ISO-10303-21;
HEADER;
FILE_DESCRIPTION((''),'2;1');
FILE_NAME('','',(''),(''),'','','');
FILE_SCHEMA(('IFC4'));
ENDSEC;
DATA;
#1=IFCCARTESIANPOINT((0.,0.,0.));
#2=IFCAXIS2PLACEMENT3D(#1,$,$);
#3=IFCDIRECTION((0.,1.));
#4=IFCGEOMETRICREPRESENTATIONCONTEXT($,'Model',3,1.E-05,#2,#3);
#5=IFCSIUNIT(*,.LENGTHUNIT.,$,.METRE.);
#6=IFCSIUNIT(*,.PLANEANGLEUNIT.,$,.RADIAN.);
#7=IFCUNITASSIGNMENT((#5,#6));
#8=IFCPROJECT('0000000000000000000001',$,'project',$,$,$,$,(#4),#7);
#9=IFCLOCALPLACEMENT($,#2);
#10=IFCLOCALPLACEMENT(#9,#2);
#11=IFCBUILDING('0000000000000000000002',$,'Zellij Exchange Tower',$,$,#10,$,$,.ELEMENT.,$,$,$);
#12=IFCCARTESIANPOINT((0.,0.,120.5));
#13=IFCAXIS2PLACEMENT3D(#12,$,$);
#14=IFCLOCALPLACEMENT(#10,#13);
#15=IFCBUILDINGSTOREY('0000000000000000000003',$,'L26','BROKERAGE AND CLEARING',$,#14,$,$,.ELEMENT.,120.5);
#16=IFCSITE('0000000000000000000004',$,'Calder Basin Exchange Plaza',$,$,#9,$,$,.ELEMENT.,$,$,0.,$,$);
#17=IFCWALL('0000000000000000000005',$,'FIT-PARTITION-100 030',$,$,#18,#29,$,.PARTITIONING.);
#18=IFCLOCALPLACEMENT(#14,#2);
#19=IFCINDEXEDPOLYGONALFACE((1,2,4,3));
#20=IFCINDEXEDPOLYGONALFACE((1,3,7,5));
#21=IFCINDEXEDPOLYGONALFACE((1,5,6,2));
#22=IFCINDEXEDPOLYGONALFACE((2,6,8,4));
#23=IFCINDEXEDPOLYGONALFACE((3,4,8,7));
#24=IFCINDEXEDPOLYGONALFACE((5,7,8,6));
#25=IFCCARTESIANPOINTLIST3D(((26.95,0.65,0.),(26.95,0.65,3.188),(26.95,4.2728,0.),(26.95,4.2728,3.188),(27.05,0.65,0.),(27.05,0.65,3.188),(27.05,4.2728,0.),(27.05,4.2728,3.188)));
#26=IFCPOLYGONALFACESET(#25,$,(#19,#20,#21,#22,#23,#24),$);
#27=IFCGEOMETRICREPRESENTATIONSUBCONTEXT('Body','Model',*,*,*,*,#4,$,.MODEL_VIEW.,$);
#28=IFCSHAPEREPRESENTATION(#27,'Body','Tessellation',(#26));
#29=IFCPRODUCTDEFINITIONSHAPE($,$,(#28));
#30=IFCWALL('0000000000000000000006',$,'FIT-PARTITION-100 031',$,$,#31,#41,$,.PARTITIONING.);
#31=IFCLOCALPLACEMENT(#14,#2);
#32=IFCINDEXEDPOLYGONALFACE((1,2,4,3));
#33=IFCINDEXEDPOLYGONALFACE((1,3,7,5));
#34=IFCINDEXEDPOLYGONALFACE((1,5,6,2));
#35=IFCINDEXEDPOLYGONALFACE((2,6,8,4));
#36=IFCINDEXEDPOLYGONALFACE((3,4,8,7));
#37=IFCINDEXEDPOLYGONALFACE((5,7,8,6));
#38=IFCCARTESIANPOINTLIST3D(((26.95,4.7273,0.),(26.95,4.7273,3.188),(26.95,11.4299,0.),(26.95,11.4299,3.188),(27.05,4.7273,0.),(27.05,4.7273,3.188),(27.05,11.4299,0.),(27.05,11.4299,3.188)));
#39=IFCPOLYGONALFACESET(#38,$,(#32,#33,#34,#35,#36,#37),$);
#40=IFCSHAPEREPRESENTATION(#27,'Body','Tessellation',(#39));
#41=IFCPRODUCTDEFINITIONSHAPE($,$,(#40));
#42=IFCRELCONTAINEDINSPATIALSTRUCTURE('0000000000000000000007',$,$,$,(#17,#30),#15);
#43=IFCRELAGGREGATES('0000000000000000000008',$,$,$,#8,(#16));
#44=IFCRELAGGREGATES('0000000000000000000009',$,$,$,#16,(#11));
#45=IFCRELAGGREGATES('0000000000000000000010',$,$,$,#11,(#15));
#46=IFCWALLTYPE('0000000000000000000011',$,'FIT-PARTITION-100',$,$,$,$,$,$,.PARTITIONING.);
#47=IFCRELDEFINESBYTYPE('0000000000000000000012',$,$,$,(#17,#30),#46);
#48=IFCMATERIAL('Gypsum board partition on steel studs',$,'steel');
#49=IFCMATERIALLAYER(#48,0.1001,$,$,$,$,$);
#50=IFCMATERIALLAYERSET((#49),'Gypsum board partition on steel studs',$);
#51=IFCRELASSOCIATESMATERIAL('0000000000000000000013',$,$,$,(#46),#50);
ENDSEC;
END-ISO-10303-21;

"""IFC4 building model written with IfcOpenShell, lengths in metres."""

from ifc_helpers import new_model, si_unit, direction, frame, frame_2d, origin, place, context, subcontext, project, spatial, rectangle, extrude, material, layer, layer_set, type_object, element, save


model = new_model("IFC4")

# Units and contexts
model_context = context("Model", 3, precision=1e-05, world=origin(), true_north=direction((0.0, 1.0)))
body_context = subcontext(model_context, "Body", "Model", "MODEL_VIEW")
ifc_project = project(units=[si_unit("LENGTHUNIT", "METRE"), si_unit("PLANEANGLEUNIT", "RADIAN")], contexts=[model_context])

# Site, building, storey
site_placement = place(None, origin())
site = spatial("IfcSite", under=ifc_project, at=site_placement, Name="Calder Basin Exchange Plaza", CompositionType="ELEMENT", RefElevation=0.0)
building_placement = place(site_placement, origin())
building = spatial("IfcBuilding", under=site, at=building_placement, Name="Zellij Exchange Tower", CompositionType="ELEMENT")
storey_placement = place(building_placement, frame((0.0, 0.0, 120.5)))
storey = spatial("IfcBuildingStorey", under=building, at=storey_placement, Name="L26", Description="BROKERAGE AND CLEARING", CompositionType="ELEMENT", Elevation=120.5)

# Walls
ifc_material_1 = material(Name="Gypsum board partition on steel studs", Category="steel")
ifc_layer = layer(ifc_material_1, 0.1001)
ifc_layer_set = layer_set([ifc_layer], Name="Gypsum board partition on steel studs")
wall_type = type_object("IfcWallType", Name="FIT-PARTITION-100", PredefinedType="PARTITIONING", material=ifc_layer_set)
wall_1_placement = place(storey_placement, frame((27.0, 0.6499, 0.0), z_axis=(0.0, 0.0, 1.0), x_axis=(0.0, 1.0, 0.0)))
element("IfcWall", 1, at=wall_1_placement, inside=storey, type_object=wall_type, Name="FIT-PARTITION-100 030", PredefinedType="PARTITIONING", context=body_context, shape_type="SweptSolid", body=[
    extrude(rectangle(XDim=3.6228, YDim=0.1001, at=frame_2d((1.8115, 0.0))), origin(), (0.0, 0.0, 1.0), 3.188),
])
wall_2_placement = place(storey_placement, frame((27.0, 4.7273, 0.0), z_axis=(0.0, 0.0, 1.0), x_axis=(0.0, 1.0, 0.0)))
element("IfcWall", 2, at=wall_2_placement, inside=storey, type_object=wall_type, Name="FIT-PARTITION-100 031", PredefinedType="PARTITIONING", context=body_context, shape_type="SweptSolid", body=[
    extrude(rectangle(XDim=6.7026, YDim=0.1001, at=frame_2d((3.3513, 0.0))), origin(), (0.0, 0.0, 1.0), 3.188),
])

save(model, "model.ifc")
